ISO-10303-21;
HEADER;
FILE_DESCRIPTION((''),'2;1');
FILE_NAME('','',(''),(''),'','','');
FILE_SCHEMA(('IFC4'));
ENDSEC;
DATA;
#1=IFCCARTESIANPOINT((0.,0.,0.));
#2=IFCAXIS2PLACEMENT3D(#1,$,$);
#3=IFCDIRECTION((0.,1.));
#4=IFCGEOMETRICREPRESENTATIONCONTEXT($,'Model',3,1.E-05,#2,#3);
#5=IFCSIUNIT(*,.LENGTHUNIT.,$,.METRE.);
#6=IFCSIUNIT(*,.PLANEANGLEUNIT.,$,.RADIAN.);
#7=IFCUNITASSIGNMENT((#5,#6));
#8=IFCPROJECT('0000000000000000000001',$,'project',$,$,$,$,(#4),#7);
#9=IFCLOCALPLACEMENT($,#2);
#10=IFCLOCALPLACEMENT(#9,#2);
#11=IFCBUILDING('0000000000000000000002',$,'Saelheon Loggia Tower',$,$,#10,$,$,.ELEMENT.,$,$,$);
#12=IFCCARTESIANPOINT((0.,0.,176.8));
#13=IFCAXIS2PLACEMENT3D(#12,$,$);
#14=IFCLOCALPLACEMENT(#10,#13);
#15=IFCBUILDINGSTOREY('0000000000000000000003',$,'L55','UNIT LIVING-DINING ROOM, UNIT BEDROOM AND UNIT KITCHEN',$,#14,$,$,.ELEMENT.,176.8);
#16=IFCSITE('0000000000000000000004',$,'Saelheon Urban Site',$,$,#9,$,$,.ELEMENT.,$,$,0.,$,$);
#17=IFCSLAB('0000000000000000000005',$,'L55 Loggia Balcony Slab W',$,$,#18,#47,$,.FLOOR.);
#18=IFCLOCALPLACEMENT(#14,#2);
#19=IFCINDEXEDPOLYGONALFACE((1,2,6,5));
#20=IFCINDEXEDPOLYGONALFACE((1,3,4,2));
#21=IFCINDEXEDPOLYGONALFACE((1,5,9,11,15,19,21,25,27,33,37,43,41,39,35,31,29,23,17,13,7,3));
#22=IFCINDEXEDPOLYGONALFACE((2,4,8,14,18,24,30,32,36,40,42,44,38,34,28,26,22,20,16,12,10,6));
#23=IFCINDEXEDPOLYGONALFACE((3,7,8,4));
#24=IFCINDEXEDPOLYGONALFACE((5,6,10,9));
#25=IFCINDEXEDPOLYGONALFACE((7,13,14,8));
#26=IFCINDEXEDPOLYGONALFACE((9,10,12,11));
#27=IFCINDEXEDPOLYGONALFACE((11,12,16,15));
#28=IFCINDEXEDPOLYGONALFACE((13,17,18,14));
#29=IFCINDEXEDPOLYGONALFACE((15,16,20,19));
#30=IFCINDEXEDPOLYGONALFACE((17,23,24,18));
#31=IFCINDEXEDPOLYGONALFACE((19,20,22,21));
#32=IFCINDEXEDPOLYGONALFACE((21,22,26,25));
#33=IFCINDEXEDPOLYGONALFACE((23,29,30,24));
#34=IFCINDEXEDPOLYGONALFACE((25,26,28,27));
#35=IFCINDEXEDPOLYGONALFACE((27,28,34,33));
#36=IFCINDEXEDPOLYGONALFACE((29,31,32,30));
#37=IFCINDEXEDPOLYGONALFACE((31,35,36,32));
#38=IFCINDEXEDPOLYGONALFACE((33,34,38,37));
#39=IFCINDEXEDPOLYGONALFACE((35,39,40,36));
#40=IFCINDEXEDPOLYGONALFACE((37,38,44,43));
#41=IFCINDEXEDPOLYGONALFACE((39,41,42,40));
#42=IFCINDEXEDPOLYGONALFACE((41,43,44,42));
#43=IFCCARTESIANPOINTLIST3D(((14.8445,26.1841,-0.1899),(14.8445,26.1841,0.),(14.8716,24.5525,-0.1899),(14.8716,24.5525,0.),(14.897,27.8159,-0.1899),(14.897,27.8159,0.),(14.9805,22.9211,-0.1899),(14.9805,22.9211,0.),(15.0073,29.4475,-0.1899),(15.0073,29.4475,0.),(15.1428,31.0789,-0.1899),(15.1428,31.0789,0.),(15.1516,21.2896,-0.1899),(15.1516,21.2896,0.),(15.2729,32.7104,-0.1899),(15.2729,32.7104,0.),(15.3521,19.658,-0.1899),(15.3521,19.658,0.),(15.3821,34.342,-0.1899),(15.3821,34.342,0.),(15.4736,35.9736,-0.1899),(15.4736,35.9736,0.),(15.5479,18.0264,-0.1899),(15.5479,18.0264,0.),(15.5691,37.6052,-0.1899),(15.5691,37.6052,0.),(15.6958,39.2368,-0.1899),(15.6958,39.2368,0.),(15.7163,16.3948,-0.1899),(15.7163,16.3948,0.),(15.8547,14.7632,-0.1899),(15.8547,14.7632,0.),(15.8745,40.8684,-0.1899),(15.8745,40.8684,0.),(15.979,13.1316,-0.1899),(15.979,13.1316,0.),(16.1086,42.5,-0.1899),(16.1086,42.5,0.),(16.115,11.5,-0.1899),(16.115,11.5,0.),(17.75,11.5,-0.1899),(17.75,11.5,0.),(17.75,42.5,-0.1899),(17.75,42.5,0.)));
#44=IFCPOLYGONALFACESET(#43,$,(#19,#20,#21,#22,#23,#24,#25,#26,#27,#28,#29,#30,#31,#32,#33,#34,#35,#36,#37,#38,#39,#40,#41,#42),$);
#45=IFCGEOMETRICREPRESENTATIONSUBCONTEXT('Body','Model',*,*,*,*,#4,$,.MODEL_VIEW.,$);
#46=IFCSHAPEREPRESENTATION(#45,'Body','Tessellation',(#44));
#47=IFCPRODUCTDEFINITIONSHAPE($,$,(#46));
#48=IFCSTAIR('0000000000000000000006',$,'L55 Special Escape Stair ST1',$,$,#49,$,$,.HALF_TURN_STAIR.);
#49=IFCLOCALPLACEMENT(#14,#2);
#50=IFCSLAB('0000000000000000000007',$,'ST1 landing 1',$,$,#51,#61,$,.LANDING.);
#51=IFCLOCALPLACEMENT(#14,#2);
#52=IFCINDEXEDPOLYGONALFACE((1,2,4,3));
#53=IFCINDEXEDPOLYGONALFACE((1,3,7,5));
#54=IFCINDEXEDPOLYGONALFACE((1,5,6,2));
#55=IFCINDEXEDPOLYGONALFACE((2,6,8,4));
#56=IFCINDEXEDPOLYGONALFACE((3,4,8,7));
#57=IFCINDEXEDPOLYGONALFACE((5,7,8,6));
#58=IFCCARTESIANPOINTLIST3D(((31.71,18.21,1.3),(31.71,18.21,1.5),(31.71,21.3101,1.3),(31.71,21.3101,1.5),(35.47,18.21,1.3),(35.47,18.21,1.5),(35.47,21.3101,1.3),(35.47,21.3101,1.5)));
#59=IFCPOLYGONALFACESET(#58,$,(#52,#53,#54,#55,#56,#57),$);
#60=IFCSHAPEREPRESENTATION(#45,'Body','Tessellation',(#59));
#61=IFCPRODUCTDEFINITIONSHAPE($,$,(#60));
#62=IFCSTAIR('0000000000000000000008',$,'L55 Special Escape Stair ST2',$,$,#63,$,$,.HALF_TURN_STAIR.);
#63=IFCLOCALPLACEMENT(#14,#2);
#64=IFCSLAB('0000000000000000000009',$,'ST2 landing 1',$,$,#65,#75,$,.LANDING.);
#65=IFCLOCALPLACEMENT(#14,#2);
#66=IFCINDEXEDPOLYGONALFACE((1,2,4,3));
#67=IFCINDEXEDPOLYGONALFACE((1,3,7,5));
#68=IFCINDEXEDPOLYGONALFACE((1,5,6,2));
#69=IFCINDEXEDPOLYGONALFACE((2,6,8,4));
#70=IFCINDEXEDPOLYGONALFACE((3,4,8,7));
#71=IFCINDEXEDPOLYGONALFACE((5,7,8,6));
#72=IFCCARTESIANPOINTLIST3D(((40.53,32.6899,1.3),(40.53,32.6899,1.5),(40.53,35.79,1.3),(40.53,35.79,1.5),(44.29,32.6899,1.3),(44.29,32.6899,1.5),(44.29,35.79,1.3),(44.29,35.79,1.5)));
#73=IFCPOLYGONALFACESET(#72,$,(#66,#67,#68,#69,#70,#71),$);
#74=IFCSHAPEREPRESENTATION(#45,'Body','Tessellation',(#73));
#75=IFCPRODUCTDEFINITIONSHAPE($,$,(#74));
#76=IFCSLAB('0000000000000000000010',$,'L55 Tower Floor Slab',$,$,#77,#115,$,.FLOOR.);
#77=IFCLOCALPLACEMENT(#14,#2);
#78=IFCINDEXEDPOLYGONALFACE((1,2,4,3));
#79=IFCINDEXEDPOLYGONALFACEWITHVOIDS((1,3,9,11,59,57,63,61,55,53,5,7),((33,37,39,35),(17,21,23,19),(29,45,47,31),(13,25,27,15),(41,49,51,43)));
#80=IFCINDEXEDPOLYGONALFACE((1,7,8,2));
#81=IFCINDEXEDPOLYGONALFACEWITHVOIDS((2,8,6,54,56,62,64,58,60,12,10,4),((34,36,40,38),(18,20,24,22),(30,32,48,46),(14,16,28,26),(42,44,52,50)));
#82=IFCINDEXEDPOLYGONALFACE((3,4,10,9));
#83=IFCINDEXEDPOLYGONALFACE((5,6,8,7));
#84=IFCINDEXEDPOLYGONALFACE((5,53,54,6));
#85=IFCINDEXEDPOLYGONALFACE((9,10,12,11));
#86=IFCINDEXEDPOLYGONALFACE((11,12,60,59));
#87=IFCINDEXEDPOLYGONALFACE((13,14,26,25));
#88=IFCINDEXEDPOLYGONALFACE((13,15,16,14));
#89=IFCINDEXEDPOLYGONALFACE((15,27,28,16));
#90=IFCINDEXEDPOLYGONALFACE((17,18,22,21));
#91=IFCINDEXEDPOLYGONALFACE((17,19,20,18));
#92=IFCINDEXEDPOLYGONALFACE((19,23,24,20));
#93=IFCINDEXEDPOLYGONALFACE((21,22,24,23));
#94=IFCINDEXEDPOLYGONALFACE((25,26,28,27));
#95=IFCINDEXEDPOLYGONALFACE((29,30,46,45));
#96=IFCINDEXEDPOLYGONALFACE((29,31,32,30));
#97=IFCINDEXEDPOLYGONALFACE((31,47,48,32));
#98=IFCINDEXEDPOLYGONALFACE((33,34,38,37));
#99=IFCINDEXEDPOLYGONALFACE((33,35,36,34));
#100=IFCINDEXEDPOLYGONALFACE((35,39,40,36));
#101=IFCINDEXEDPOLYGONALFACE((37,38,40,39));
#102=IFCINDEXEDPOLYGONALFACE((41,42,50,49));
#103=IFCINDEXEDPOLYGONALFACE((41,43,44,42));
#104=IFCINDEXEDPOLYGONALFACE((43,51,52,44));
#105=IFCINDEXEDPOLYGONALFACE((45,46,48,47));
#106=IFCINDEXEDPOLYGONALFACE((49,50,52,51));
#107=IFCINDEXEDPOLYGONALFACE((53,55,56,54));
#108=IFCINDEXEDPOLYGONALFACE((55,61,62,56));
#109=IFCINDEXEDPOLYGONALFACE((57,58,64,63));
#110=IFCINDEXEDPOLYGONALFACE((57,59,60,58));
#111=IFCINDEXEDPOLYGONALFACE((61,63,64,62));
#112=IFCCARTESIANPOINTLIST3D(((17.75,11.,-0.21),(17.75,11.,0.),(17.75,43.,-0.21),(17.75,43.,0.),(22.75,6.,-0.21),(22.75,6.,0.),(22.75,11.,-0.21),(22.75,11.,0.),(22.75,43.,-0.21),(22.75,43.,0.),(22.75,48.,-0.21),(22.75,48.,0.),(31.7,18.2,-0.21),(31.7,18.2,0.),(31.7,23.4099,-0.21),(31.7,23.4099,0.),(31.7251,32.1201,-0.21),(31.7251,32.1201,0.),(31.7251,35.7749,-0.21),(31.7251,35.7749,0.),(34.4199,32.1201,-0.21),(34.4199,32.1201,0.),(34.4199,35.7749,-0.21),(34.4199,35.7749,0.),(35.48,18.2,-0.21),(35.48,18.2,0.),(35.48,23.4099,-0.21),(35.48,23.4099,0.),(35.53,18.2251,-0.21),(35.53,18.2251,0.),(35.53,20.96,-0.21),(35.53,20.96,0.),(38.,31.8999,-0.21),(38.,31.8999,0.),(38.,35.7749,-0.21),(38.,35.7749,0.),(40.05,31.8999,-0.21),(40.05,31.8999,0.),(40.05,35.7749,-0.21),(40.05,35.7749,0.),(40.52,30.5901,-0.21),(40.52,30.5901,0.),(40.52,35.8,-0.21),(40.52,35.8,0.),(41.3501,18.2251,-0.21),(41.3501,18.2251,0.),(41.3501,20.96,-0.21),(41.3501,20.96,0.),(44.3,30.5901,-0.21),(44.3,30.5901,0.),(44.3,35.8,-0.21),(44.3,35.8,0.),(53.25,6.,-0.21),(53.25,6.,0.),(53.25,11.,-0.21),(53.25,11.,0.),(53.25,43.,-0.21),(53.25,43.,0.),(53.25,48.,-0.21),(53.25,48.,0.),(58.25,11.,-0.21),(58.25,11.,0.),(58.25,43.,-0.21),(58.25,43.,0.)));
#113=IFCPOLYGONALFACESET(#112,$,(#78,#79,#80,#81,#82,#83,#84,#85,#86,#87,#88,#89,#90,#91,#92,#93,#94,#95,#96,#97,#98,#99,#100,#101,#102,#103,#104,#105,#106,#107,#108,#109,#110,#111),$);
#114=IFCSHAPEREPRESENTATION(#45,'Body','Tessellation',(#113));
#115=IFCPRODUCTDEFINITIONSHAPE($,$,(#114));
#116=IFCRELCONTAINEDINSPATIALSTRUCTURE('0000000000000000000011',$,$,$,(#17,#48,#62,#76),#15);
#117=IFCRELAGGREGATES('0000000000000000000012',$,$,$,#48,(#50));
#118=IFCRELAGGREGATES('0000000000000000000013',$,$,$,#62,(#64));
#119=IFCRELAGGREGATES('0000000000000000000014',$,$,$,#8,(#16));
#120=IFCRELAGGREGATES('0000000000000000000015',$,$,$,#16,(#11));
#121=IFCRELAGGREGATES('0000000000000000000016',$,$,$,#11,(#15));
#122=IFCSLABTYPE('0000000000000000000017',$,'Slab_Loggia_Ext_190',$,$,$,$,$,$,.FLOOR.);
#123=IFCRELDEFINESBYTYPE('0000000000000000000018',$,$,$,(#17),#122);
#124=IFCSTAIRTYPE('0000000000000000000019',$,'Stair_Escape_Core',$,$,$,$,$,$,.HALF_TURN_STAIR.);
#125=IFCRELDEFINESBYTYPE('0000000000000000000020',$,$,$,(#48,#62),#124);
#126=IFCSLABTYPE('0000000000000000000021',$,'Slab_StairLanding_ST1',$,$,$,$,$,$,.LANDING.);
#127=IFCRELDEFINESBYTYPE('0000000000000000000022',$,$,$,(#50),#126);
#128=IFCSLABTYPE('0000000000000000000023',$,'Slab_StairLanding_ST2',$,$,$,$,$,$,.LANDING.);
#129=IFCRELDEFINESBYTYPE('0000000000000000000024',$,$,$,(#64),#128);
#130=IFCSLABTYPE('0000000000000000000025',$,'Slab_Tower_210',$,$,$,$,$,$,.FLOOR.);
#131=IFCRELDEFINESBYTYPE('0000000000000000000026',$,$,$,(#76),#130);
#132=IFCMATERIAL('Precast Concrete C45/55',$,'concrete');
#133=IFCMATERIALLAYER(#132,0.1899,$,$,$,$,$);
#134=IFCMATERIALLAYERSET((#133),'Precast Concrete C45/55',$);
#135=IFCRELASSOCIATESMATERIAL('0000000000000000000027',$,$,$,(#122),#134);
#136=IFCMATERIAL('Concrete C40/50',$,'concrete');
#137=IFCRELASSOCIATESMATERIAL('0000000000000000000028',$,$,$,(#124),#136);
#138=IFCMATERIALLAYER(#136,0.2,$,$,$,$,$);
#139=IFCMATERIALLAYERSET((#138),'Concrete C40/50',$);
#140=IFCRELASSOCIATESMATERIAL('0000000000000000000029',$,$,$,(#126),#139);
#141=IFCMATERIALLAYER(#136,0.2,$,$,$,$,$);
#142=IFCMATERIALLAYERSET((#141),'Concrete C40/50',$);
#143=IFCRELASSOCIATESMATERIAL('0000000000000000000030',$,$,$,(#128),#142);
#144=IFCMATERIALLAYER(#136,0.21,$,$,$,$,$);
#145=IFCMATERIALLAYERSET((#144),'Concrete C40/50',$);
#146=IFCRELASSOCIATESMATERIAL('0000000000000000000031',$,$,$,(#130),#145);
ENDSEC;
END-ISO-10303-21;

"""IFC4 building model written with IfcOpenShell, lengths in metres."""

from ifc_helpers import new_model, si_unit, direction, frame, origin, place, context, subcontext, project, spatial, polyline, outline, extrude, material, layer, layer_set, type_object, element, aggregate, save


model = new_model("IFC4")

# Units and contexts
model_context = context("Model", 3, precision=1e-05, world=origin(), true_north=direction((0.0, 1.0)))
body_context = subcontext(model_context, "Body", "Model", "MODEL_VIEW")
ifc_project = project(units=[si_unit("LENGTHUNIT", "METRE"), si_unit("PLANEANGLEUNIT", "RADIAN")], contexts=[model_context])

# Site, building, storey
site_placement = place(None, origin())
site = spatial("IfcSite", under=ifc_project, at=site_placement, Name="Saelheon Urban Site", CompositionType="ELEMENT", RefElevation=0.0)
building_placement = place(site_placement, origin())
building = spatial("IfcBuilding", under=site, at=building_placement, Name="Saelheon Loggia Tower", CompositionType="ELEMENT")
storey_placement = place(building_placement, frame((0.0, 0.0, 176.8)))
storey = spatial("IfcBuildingStorey", under=building, at=storey_placement, Name="L55", Description="UNIT LIVING-DINING ROOM, UNIT BEDROOM AND UNIT KITCHEN", CompositionType="ELEMENT", Elevation=176.8)

# Shared definitions
ifc_material_1 = material(Name="Concrete C40/50", Category="concrete")

# Slab
ifc_material_2 = material(Name="Precast Concrete C45/55", Category="concrete")
ifc_layer_1 = layer(ifc_material_2, 0.1899)
ifc_layer_set_1 = layer_set([ifc_layer_1], Name="Precast Concrete C45/55")
slab_type_1 = type_object("IfcSlabType", Name="Slab_Loggia_Ext_190", PredefinedType="FLOOR", material=ifc_layer_set_1)
slab_1_placement = place(storey_placement, frame((0.0, 0.0, -0.1899)))
element("IfcSlab", 1, at=slab_1_placement, inside=storey, type_object=slab_type_1, Name="L55 Loggia Balcony Slab W", PredefinedType="FLOOR", context=body_context, shape_type="SweptSolid", body=[
    extrude(outline(polyline([(17.75, 11.5), (17.75, 42.5), (16.1086, 42.5), (15.8745, 40.8684), (15.6958, 39.2368), (15.5691, 37.6052), (15.4736, 35.9736), (15.3821, 34.342), (15.2729, 32.7104), (15.1428, 31.0789), (15.0073, 29.4475), (14.897, 27.8159), (14.8445, 26.1841), (14.8716, 24.5525), (14.9805, 22.9211), (15.1516, 21.2896), (15.3521, 19.658), (15.5479, 18.0264), (15.7163, 16.3948), (15.8547, 14.7632), (15.979, 13.1316), (16.115, 11.5), (17.75, 11.5)])), origin(), (0.0, 0.0, 1.0), 0.1899),
])

# Stairs, slabs
stair_type = type_object("IfcStairType", Name="Stair_Escape_Core", PredefinedType="HALF_TURN_STAIR", material=ifc_material_1)
stair_1_placement = place(storey_placement, origin())
stair_1 = element("IfcStair", 2, at=stair_1_placement, inside=storey, type_object=stair_type, Name="L55 Special Escape Stair ST1", PredefinedType="HALF_TURN_STAIR")
ifc_layer_2 = layer(ifc_material_1, 0.2)
ifc_layer_set_2 = layer_set([ifc_layer_2], Name="Concrete C40/50")
slab_type_2 = type_object("IfcSlabType", Name="Slab_StairLanding_ST1", PredefinedType="LANDING", material=ifc_layer_set_2)
slab_2_placement = place(storey_placement, frame((0.0, 0.0, 1.3)))
slab_2 = element("IfcSlab", 3, at=slab_2_placement, type_object=slab_type_2, Name="ST1 landing 1", PredefinedType="LANDING", context=body_context, shape_type="SweptSolid", body=[
    extrude(outline(polyline([(31.71, 21.3101), (31.71, 18.21), (35.47, 18.21), (35.47, 21.3101), (31.71, 21.3101)])), origin(), (0.0, 0.0, 1.0), 0.2),
])
aggregate(stair_1, [slab_2])
stair_2_placement = place(storey_placement, origin())
stair_2 = element("IfcStair", 4, at=stair_2_placement, inside=storey, type_object=stair_type, Name="L55 Special Escape Stair ST2", PredefinedType="HALF_TURN_STAIR")
ifc_layer_3 = layer(ifc_material_1, 0.2)
ifc_layer_set_3 = layer_set([ifc_layer_3], Name="Concrete C40/50")
slab_type_3 = type_object("IfcSlabType", Name="Slab_StairLanding_ST2", PredefinedType="LANDING", material=ifc_layer_set_3)
slab_3_placement = place(storey_placement, frame((0.0, 0.0, 1.3)))
slab_3 = element("IfcSlab", 5, at=slab_3_placement, type_object=slab_type_3, Name="ST2 landing 1", PredefinedType="LANDING", context=body_context, shape_type="SweptSolid", body=[
    extrude(outline(polyline([(44.29, 32.6899), (44.29, 35.79), (40.53, 35.79), (40.53, 32.6899), (44.29, 32.6899)])), origin(), (0.0, 0.0, 1.0), 0.2),
])
aggregate(stair_2, [slab_3])

# Slab
ifc_layer_4 = layer(ifc_material_1, 0.21)
ifc_layer_set_4 = layer_set([ifc_layer_4], Name="Concrete C40/50")
slab_type_4 = type_object("IfcSlabType", Name="Slab_Tower_210", PredefinedType="FLOOR", material=ifc_layer_set_4)
slab_4_placement = place(storey_placement, frame((0.0, 0.0, -0.21)))
element("IfcSlab", 6, at=slab_4_placement, inside=storey, type_object=slab_type_4, Name="L55 Tower Floor Slab", PredefinedType="FLOOR", context=body_context, shape_type="SweptSolid", body=[
    extrude(outline(polyline([(22.75, 6.0), (53.25, 6.0), (53.25, 11.0), (58.25, 11.0), (58.25, 43.0), (53.25, 43.0), (53.25, 48.0), (22.75, 48.0), (22.75, 43.0), (17.75, 43.0), (17.75, 11.0), (22.75, 11.0), (22.75, 6.0)]), holes=[polyline([(31.7, 23.4099), (31.7, 18.2), (35.48, 18.2), (35.48, 23.4099), (31.7, 23.4099)]), polyline([(44.3, 30.5901), (44.3, 35.8), (40.52, 35.8), (40.52, 30.5901), (44.3, 30.5901)]), polyline([(35.53, 18.2251), (41.3501, 18.2251), (41.3501, 20.96), (35.53, 20.96), (35.53, 18.2251)]), polyline([(31.7251, 32.1201), (34.4199, 32.1201), (34.4199, 35.7749), (31.7251, 35.7749), (31.7251, 32.1201)]), polyline([(38.0, 31.8999), (40.05, 31.8999), (40.05, 35.7749), (38.0, 35.7749), (38.0, 31.8999)])]), origin(), (0.0, 0.0, 1.0), 0.21),
])

save(model, "model.ifc")
